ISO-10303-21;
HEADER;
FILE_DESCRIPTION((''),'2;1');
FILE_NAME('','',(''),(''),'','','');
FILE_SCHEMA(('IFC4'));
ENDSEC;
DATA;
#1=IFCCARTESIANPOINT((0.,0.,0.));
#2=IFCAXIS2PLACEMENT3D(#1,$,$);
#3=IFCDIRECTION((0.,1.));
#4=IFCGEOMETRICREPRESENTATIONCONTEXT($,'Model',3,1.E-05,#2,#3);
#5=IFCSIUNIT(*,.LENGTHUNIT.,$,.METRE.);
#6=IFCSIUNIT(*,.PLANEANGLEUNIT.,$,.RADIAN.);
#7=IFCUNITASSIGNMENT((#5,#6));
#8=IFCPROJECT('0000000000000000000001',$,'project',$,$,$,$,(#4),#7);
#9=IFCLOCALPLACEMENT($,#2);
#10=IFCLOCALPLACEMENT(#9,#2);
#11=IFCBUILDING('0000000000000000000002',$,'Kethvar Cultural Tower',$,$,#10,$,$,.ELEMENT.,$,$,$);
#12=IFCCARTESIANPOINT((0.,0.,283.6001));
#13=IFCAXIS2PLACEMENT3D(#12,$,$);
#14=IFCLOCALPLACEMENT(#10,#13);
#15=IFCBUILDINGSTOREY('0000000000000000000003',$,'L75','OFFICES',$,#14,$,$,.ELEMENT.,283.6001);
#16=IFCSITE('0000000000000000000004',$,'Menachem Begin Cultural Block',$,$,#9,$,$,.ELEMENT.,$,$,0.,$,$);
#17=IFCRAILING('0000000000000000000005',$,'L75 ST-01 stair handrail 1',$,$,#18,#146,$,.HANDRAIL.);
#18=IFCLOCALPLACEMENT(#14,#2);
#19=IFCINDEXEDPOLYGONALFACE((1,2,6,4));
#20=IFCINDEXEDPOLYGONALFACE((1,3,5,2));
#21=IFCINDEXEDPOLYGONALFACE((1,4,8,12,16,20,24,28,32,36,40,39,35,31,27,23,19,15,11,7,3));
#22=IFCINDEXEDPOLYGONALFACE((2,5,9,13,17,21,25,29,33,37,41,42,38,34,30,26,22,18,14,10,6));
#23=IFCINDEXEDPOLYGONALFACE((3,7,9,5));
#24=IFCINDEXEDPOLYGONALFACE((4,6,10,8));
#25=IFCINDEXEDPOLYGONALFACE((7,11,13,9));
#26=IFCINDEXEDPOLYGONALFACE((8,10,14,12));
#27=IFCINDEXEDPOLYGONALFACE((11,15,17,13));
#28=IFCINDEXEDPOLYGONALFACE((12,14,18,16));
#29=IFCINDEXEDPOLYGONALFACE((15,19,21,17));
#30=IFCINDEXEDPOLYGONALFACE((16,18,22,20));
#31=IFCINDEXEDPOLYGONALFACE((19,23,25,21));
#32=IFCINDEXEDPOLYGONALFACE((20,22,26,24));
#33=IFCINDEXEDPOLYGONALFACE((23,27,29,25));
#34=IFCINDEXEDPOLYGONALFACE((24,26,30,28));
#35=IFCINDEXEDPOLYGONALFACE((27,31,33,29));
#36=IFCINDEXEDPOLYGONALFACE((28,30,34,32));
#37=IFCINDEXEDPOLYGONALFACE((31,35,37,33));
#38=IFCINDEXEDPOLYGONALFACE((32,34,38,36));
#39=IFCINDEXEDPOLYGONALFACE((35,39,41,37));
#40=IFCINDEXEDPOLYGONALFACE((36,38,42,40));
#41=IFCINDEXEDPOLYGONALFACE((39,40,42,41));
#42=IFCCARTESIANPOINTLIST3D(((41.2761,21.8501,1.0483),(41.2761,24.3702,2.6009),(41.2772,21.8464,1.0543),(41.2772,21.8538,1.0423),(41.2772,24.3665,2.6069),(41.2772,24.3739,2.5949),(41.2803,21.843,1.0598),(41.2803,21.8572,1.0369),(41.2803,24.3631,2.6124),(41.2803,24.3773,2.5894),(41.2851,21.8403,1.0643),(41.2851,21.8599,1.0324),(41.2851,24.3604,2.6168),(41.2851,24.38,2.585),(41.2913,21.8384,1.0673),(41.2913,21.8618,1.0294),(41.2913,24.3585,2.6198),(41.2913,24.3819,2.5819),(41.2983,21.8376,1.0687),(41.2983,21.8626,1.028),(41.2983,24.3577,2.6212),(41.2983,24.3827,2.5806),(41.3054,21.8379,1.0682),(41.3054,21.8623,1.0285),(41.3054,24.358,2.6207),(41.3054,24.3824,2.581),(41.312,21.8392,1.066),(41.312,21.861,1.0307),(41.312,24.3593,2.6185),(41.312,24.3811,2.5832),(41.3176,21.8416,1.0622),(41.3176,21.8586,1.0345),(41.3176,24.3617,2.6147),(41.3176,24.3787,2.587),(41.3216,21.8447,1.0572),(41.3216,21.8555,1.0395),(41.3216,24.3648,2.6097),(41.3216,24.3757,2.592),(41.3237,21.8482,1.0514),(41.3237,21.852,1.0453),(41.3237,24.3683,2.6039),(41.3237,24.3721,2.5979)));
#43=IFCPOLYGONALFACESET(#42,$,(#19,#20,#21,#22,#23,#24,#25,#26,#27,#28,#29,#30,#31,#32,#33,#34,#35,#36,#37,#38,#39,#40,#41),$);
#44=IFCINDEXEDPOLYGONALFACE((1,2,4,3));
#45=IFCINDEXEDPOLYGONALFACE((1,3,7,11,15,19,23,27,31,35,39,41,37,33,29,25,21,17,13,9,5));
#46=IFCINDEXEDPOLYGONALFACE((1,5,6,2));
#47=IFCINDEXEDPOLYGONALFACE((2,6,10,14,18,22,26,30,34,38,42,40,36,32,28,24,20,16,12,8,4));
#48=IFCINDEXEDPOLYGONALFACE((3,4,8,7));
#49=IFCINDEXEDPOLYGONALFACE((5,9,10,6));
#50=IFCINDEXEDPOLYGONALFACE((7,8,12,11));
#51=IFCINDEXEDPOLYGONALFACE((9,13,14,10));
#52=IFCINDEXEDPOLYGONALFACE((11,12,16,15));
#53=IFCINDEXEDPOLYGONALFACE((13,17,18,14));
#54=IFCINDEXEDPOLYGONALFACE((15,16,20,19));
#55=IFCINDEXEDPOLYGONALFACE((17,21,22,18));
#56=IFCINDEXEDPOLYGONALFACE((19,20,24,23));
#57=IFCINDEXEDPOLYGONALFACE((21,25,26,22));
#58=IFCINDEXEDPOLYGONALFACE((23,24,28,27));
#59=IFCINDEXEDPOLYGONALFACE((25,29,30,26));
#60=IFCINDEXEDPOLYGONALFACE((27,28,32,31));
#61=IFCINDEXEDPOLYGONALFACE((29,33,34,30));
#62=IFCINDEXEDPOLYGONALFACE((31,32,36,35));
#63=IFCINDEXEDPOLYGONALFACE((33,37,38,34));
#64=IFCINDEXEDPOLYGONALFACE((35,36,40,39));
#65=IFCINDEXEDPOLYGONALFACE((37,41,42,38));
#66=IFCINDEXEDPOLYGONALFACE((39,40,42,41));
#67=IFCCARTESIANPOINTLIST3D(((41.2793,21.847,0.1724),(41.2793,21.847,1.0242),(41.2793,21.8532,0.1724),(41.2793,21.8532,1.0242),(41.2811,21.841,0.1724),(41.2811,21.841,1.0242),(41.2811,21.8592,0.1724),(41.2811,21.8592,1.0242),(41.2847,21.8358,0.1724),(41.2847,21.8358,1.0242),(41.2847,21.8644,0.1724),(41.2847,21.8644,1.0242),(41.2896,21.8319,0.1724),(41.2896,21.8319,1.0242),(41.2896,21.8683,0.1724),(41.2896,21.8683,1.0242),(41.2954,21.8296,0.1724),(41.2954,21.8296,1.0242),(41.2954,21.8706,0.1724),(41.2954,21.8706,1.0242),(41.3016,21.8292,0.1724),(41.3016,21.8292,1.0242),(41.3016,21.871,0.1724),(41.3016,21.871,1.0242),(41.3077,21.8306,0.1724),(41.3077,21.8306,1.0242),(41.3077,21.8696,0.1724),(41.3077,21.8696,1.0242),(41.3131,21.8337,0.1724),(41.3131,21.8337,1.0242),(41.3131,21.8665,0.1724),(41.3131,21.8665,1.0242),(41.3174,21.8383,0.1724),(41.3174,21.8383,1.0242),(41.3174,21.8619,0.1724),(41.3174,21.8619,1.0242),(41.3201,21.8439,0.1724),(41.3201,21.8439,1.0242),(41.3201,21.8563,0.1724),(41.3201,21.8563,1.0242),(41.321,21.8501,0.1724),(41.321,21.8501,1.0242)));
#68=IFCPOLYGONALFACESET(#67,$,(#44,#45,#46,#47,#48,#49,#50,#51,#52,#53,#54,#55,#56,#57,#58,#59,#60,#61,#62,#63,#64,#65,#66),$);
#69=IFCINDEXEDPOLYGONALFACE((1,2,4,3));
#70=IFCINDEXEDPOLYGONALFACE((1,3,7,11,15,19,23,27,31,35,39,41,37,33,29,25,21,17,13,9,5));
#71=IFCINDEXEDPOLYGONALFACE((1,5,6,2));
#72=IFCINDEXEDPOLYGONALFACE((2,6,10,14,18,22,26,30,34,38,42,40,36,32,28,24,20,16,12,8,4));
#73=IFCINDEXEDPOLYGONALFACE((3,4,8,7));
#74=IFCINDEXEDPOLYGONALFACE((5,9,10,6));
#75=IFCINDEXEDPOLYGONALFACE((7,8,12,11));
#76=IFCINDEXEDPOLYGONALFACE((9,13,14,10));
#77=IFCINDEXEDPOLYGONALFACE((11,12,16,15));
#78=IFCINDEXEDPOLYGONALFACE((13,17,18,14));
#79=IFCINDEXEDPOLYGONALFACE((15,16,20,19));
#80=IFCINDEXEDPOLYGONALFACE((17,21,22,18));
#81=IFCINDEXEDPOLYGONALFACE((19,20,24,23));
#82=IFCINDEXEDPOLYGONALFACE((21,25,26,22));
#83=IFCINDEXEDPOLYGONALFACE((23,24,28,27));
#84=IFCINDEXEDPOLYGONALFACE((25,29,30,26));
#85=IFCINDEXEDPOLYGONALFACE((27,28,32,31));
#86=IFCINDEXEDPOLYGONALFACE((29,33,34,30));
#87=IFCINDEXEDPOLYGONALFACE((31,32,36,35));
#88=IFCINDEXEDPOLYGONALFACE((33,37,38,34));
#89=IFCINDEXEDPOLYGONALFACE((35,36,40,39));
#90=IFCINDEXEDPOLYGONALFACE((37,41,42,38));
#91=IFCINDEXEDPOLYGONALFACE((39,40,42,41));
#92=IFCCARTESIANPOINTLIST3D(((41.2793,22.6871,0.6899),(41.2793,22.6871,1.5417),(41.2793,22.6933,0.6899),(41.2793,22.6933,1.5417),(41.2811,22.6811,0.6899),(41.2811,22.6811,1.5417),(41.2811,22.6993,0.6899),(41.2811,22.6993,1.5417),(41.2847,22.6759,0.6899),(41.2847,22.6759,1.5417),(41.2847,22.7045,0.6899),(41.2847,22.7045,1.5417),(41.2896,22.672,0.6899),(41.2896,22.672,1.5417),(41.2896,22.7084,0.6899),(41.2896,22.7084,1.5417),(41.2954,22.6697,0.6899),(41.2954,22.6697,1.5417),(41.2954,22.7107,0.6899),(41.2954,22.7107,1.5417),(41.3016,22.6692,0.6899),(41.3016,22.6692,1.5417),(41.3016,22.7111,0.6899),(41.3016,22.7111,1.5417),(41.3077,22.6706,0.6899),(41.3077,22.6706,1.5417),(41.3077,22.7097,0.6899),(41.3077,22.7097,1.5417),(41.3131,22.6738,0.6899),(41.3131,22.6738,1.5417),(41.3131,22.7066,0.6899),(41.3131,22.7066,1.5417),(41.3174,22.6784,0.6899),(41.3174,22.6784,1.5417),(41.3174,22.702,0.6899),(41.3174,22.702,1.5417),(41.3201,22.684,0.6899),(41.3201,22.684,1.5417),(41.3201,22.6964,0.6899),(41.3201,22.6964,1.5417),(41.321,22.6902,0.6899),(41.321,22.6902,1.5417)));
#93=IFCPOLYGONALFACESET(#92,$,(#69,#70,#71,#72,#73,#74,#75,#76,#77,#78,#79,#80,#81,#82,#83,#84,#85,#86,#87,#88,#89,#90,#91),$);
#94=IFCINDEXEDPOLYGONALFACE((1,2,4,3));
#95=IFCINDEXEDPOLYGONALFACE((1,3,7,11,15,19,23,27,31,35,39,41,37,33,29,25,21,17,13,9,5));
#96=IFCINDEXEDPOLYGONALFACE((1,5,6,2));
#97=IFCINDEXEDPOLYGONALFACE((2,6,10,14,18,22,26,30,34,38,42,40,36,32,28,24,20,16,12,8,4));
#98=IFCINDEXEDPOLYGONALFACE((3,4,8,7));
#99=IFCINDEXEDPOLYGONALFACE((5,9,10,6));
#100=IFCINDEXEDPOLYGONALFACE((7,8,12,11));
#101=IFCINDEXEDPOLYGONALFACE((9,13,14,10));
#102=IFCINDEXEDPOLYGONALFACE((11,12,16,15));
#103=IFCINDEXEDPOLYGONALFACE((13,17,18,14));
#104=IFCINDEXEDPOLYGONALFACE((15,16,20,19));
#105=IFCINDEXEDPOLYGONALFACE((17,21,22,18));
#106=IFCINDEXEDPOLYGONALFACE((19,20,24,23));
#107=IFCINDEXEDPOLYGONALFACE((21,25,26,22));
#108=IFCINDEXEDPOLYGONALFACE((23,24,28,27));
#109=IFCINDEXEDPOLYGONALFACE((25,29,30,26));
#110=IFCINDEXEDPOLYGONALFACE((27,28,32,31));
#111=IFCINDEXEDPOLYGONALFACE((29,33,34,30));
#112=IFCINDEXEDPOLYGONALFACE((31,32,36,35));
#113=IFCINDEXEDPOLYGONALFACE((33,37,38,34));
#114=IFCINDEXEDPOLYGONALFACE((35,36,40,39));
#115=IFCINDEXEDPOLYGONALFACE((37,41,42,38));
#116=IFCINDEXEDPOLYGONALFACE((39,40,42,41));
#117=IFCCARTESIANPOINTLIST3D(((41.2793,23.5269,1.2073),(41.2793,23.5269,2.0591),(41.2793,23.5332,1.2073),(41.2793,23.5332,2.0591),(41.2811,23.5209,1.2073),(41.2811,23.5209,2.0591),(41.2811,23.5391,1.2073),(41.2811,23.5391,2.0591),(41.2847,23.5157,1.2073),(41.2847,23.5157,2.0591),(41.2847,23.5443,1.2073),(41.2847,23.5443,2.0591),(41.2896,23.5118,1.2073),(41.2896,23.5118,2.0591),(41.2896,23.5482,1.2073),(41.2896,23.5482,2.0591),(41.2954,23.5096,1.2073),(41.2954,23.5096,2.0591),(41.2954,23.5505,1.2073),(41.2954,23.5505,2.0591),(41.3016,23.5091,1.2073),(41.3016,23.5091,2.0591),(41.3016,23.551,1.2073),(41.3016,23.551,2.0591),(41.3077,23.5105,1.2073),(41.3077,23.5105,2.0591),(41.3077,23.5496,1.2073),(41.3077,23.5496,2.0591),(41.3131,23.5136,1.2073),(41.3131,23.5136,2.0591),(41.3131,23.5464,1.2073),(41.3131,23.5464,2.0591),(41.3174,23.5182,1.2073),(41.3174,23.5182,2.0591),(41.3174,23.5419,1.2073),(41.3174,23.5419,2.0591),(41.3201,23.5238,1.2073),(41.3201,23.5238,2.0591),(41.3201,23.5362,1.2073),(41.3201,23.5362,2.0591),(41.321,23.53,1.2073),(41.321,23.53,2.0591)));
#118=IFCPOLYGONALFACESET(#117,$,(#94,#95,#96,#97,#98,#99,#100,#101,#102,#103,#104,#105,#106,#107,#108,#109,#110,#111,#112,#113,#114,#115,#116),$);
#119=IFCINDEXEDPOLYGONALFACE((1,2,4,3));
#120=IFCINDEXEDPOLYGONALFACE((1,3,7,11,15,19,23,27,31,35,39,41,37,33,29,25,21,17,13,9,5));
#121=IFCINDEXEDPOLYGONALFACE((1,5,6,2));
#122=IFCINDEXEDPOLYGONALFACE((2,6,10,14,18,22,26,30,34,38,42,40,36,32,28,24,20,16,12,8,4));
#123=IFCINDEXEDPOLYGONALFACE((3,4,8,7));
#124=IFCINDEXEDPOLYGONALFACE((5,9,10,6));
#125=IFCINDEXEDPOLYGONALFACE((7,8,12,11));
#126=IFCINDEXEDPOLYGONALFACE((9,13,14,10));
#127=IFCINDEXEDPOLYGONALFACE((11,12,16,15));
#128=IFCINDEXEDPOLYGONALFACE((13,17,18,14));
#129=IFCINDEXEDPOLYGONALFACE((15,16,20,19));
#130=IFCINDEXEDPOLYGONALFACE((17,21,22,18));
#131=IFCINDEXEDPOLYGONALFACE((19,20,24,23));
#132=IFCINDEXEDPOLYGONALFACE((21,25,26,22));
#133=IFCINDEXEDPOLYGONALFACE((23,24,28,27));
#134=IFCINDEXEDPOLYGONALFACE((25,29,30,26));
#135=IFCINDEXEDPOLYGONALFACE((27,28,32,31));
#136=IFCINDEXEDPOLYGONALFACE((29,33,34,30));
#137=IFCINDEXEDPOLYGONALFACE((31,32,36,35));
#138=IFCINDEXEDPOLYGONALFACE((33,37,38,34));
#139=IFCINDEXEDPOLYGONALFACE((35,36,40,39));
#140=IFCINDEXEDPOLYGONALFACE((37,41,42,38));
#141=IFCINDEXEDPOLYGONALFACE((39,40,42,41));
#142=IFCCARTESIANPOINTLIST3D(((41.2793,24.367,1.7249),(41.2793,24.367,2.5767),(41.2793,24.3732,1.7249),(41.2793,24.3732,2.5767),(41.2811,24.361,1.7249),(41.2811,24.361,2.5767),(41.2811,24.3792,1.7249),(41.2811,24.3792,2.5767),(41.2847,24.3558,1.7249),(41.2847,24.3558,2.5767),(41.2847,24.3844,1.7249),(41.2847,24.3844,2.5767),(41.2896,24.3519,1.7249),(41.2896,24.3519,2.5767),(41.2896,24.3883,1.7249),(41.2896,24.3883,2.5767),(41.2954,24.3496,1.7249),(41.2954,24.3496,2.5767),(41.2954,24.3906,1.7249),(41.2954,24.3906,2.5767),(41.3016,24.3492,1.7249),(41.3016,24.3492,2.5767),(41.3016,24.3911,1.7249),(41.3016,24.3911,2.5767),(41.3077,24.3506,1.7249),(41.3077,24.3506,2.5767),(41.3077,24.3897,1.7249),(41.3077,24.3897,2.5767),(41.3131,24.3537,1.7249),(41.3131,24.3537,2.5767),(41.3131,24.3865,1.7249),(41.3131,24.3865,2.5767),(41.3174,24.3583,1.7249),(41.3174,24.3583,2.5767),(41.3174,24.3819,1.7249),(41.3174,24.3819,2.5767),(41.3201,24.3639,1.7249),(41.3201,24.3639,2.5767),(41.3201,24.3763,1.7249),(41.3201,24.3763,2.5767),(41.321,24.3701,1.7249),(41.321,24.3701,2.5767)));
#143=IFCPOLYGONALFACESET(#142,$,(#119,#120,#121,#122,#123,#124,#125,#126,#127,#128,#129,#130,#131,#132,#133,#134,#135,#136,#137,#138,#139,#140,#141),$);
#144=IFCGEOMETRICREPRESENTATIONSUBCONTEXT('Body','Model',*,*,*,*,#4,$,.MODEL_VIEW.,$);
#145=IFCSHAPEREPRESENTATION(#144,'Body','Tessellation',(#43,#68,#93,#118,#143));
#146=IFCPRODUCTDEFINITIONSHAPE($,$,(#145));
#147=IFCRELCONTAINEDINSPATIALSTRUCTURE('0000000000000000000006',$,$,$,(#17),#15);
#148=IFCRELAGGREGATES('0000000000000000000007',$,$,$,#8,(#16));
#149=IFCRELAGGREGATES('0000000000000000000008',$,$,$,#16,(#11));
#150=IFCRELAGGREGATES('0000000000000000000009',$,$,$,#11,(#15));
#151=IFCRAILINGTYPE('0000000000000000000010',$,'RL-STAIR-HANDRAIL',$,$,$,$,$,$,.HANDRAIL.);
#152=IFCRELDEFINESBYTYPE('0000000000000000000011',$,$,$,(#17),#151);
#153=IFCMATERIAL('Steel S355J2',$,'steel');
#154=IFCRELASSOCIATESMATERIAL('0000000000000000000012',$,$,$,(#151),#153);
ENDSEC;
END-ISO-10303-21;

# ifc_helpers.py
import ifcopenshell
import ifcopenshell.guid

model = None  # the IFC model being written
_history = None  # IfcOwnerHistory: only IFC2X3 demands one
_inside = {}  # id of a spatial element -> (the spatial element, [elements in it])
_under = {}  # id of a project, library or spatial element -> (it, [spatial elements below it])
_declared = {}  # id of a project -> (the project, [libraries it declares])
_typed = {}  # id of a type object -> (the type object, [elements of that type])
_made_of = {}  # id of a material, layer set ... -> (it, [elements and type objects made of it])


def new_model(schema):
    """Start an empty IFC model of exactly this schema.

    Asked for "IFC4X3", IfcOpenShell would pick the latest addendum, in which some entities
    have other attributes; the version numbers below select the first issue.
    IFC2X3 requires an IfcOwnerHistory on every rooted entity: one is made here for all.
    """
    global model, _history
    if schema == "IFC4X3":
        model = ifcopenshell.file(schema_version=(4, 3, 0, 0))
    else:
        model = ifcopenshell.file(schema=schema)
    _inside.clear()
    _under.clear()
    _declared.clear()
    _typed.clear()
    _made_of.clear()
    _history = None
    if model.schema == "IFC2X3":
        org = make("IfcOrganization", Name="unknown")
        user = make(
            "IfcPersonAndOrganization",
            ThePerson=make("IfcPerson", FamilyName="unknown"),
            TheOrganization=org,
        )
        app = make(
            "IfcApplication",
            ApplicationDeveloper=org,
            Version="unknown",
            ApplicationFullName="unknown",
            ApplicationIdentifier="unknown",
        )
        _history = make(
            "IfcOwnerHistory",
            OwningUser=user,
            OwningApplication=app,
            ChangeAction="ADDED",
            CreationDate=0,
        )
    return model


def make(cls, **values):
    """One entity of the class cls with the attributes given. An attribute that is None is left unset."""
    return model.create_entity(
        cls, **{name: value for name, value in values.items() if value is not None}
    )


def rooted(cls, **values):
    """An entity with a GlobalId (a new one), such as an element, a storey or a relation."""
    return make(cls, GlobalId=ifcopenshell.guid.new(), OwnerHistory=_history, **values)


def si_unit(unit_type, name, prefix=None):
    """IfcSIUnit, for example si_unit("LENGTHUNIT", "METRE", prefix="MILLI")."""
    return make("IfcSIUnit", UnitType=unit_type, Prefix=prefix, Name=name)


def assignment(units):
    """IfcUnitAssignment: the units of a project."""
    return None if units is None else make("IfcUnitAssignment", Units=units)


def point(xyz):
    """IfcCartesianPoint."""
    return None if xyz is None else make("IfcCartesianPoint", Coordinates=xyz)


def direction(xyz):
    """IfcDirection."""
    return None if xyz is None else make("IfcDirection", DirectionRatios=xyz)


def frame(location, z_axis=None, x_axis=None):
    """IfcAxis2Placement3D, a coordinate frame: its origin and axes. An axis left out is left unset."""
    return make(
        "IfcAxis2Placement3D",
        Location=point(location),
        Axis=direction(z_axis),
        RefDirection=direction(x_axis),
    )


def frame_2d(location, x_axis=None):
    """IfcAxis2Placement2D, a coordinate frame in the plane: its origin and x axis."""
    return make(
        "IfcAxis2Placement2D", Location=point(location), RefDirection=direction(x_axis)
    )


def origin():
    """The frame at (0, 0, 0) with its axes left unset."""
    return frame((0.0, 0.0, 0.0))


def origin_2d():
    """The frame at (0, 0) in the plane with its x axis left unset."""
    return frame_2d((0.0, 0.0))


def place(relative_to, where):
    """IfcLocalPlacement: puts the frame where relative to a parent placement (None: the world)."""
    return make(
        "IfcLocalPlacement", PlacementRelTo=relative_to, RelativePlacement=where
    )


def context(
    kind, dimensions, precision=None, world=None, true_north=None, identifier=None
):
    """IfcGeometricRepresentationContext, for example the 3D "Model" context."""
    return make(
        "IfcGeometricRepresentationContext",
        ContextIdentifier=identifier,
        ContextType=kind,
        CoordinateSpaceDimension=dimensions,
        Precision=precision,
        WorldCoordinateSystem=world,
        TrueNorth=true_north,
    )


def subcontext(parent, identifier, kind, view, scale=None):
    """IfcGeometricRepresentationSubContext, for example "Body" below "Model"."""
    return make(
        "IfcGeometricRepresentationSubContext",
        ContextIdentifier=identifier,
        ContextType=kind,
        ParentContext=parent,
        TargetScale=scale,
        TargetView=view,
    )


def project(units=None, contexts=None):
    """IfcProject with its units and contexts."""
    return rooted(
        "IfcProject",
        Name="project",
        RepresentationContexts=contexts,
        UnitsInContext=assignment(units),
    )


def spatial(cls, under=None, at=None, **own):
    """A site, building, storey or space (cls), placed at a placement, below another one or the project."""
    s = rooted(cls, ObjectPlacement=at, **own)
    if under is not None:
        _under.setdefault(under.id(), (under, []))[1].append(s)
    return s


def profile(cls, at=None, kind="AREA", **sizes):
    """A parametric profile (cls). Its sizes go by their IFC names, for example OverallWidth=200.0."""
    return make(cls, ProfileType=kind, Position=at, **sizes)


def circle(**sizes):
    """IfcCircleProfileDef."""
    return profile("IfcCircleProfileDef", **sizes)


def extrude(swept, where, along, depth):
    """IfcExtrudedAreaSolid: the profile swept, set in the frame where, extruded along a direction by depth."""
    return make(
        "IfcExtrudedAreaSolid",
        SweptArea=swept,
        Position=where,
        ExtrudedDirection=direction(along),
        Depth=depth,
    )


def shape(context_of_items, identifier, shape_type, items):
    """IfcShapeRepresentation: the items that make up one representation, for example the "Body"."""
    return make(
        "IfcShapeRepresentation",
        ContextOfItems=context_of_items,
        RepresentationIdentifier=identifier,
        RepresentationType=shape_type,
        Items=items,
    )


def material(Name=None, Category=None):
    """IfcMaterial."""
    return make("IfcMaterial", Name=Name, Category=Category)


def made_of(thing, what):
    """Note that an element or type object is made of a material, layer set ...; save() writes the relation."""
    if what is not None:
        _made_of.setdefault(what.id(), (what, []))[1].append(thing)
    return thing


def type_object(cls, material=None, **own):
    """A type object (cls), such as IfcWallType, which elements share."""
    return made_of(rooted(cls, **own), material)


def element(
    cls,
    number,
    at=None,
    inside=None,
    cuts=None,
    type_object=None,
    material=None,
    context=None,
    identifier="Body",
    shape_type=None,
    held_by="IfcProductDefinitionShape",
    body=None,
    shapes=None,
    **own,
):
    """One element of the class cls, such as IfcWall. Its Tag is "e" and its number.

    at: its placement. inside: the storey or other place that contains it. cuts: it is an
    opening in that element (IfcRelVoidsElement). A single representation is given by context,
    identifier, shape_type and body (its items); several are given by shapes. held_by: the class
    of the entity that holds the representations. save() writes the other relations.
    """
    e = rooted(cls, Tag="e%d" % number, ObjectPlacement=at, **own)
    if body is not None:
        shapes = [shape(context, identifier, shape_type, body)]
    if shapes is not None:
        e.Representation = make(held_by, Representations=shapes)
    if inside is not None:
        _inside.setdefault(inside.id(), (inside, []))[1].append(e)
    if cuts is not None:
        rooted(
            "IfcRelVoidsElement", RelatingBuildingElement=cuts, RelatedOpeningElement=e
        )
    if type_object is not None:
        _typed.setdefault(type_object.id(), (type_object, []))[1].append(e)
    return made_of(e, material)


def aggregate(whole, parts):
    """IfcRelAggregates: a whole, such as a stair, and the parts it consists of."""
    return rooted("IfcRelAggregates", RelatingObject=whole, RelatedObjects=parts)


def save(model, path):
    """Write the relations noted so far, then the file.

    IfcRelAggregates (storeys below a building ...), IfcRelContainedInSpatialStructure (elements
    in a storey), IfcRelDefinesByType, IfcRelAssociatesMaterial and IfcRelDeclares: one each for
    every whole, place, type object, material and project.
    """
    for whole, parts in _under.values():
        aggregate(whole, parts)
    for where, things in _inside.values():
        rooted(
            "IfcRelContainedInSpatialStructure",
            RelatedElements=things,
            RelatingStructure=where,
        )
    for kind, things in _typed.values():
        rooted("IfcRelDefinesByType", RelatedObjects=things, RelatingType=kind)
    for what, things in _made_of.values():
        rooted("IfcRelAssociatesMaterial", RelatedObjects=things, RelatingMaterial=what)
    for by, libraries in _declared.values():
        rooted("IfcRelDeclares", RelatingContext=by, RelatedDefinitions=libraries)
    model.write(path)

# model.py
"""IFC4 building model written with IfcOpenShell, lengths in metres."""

from ifc_helpers import new_model, si_unit, direction, frame, origin, origin_2d, place, context, subcontext, project, spatial, circle, extrude, material, type_object, element, save


model = new_model("IFC4")

# Units and contexts
model_context = context("Model", 3, precision=1e-05, world=origin(), true_north=direction((0.0, 1.0)))
body_context = subcontext(model_context, "Body", "Model", "MODEL_VIEW")
ifc_project = project(units=[si_unit("LENGTHUNIT", "METRE"), si_unit("PLANEANGLEUNIT", "RADIAN")], contexts=[model_context])

# Site, building, storey
site_placement = place(None, origin())
site = spatial("IfcSite", under=ifc_project, at=site_placement, Name="Menachem Begin Cultural Block", CompositionType="ELEMENT", RefElevation=0.0)
building_placement = place(site_placement, origin())
building = spatial("IfcBuilding", under=site, at=building_placement, Name="Kethvar Cultural Tower", CompositionType="ELEMENT")
storey_placement = place(building_placement, frame((0.0, 0.0, 283.6001)))
storey = spatial("IfcBuildingStorey", under=building, at=storey_placement, Name="L75", Description="OFFICES", CompositionType="ELEMENT", Elevation=283.6001)

# Shared definitions
ifc_material_1 = material(Name="Steel S355J2", Category="steel")

# Railing
railing_type_1 = type_object("IfcRailingType", Name="RL-STAIR-HANDRAIL", PredefinedType="HANDRAIL", material=ifc_material_1)
railing_1_placement = place(storey_placement, frame((41.3, 21.8501, 0.1724)))
element("IfcRailing", 1, at=railing_1_placement, inside=storey, type_object=railing_type_1, Name="L75 ST-01 stair handrail 1", PredefinedType="HANDRAIL", context=body_context, shape_type="SweptSolid", body=[
    extrude(circle(Radius=0.0239, at=origin_2d()), frame((0.0, 0.0, 0.876), z_axis=(0.0, 0.8514, 0.524516), x_axis=(-1.0, 0.0, 0.0)), (0.0, 0.0, 1.0), 2.96),
    extrude(circle(Radius=0.021, at=origin_2d()), origin(), (0.0, 0.0, 1.0), 0.8518),
    extrude(circle(Radius=0.021, at=origin_2d()), frame((0.0, 0.8401, 0.5176)), (0.0, 0.0, 1.0), 0.8518),
    extrude(circle(Radius=0.021, at=origin_2d()), frame((0.0, 1.6799, 1.0349)), (0.0, 0.0, 1.0), 0.8518),
    extrude(circle(Radius=0.021, at=origin_2d()), frame((0.0, 2.52, 1.5525)), (0.0, 0.0, 1.0), 0.8518),
])

save(model, "model.ifc")
